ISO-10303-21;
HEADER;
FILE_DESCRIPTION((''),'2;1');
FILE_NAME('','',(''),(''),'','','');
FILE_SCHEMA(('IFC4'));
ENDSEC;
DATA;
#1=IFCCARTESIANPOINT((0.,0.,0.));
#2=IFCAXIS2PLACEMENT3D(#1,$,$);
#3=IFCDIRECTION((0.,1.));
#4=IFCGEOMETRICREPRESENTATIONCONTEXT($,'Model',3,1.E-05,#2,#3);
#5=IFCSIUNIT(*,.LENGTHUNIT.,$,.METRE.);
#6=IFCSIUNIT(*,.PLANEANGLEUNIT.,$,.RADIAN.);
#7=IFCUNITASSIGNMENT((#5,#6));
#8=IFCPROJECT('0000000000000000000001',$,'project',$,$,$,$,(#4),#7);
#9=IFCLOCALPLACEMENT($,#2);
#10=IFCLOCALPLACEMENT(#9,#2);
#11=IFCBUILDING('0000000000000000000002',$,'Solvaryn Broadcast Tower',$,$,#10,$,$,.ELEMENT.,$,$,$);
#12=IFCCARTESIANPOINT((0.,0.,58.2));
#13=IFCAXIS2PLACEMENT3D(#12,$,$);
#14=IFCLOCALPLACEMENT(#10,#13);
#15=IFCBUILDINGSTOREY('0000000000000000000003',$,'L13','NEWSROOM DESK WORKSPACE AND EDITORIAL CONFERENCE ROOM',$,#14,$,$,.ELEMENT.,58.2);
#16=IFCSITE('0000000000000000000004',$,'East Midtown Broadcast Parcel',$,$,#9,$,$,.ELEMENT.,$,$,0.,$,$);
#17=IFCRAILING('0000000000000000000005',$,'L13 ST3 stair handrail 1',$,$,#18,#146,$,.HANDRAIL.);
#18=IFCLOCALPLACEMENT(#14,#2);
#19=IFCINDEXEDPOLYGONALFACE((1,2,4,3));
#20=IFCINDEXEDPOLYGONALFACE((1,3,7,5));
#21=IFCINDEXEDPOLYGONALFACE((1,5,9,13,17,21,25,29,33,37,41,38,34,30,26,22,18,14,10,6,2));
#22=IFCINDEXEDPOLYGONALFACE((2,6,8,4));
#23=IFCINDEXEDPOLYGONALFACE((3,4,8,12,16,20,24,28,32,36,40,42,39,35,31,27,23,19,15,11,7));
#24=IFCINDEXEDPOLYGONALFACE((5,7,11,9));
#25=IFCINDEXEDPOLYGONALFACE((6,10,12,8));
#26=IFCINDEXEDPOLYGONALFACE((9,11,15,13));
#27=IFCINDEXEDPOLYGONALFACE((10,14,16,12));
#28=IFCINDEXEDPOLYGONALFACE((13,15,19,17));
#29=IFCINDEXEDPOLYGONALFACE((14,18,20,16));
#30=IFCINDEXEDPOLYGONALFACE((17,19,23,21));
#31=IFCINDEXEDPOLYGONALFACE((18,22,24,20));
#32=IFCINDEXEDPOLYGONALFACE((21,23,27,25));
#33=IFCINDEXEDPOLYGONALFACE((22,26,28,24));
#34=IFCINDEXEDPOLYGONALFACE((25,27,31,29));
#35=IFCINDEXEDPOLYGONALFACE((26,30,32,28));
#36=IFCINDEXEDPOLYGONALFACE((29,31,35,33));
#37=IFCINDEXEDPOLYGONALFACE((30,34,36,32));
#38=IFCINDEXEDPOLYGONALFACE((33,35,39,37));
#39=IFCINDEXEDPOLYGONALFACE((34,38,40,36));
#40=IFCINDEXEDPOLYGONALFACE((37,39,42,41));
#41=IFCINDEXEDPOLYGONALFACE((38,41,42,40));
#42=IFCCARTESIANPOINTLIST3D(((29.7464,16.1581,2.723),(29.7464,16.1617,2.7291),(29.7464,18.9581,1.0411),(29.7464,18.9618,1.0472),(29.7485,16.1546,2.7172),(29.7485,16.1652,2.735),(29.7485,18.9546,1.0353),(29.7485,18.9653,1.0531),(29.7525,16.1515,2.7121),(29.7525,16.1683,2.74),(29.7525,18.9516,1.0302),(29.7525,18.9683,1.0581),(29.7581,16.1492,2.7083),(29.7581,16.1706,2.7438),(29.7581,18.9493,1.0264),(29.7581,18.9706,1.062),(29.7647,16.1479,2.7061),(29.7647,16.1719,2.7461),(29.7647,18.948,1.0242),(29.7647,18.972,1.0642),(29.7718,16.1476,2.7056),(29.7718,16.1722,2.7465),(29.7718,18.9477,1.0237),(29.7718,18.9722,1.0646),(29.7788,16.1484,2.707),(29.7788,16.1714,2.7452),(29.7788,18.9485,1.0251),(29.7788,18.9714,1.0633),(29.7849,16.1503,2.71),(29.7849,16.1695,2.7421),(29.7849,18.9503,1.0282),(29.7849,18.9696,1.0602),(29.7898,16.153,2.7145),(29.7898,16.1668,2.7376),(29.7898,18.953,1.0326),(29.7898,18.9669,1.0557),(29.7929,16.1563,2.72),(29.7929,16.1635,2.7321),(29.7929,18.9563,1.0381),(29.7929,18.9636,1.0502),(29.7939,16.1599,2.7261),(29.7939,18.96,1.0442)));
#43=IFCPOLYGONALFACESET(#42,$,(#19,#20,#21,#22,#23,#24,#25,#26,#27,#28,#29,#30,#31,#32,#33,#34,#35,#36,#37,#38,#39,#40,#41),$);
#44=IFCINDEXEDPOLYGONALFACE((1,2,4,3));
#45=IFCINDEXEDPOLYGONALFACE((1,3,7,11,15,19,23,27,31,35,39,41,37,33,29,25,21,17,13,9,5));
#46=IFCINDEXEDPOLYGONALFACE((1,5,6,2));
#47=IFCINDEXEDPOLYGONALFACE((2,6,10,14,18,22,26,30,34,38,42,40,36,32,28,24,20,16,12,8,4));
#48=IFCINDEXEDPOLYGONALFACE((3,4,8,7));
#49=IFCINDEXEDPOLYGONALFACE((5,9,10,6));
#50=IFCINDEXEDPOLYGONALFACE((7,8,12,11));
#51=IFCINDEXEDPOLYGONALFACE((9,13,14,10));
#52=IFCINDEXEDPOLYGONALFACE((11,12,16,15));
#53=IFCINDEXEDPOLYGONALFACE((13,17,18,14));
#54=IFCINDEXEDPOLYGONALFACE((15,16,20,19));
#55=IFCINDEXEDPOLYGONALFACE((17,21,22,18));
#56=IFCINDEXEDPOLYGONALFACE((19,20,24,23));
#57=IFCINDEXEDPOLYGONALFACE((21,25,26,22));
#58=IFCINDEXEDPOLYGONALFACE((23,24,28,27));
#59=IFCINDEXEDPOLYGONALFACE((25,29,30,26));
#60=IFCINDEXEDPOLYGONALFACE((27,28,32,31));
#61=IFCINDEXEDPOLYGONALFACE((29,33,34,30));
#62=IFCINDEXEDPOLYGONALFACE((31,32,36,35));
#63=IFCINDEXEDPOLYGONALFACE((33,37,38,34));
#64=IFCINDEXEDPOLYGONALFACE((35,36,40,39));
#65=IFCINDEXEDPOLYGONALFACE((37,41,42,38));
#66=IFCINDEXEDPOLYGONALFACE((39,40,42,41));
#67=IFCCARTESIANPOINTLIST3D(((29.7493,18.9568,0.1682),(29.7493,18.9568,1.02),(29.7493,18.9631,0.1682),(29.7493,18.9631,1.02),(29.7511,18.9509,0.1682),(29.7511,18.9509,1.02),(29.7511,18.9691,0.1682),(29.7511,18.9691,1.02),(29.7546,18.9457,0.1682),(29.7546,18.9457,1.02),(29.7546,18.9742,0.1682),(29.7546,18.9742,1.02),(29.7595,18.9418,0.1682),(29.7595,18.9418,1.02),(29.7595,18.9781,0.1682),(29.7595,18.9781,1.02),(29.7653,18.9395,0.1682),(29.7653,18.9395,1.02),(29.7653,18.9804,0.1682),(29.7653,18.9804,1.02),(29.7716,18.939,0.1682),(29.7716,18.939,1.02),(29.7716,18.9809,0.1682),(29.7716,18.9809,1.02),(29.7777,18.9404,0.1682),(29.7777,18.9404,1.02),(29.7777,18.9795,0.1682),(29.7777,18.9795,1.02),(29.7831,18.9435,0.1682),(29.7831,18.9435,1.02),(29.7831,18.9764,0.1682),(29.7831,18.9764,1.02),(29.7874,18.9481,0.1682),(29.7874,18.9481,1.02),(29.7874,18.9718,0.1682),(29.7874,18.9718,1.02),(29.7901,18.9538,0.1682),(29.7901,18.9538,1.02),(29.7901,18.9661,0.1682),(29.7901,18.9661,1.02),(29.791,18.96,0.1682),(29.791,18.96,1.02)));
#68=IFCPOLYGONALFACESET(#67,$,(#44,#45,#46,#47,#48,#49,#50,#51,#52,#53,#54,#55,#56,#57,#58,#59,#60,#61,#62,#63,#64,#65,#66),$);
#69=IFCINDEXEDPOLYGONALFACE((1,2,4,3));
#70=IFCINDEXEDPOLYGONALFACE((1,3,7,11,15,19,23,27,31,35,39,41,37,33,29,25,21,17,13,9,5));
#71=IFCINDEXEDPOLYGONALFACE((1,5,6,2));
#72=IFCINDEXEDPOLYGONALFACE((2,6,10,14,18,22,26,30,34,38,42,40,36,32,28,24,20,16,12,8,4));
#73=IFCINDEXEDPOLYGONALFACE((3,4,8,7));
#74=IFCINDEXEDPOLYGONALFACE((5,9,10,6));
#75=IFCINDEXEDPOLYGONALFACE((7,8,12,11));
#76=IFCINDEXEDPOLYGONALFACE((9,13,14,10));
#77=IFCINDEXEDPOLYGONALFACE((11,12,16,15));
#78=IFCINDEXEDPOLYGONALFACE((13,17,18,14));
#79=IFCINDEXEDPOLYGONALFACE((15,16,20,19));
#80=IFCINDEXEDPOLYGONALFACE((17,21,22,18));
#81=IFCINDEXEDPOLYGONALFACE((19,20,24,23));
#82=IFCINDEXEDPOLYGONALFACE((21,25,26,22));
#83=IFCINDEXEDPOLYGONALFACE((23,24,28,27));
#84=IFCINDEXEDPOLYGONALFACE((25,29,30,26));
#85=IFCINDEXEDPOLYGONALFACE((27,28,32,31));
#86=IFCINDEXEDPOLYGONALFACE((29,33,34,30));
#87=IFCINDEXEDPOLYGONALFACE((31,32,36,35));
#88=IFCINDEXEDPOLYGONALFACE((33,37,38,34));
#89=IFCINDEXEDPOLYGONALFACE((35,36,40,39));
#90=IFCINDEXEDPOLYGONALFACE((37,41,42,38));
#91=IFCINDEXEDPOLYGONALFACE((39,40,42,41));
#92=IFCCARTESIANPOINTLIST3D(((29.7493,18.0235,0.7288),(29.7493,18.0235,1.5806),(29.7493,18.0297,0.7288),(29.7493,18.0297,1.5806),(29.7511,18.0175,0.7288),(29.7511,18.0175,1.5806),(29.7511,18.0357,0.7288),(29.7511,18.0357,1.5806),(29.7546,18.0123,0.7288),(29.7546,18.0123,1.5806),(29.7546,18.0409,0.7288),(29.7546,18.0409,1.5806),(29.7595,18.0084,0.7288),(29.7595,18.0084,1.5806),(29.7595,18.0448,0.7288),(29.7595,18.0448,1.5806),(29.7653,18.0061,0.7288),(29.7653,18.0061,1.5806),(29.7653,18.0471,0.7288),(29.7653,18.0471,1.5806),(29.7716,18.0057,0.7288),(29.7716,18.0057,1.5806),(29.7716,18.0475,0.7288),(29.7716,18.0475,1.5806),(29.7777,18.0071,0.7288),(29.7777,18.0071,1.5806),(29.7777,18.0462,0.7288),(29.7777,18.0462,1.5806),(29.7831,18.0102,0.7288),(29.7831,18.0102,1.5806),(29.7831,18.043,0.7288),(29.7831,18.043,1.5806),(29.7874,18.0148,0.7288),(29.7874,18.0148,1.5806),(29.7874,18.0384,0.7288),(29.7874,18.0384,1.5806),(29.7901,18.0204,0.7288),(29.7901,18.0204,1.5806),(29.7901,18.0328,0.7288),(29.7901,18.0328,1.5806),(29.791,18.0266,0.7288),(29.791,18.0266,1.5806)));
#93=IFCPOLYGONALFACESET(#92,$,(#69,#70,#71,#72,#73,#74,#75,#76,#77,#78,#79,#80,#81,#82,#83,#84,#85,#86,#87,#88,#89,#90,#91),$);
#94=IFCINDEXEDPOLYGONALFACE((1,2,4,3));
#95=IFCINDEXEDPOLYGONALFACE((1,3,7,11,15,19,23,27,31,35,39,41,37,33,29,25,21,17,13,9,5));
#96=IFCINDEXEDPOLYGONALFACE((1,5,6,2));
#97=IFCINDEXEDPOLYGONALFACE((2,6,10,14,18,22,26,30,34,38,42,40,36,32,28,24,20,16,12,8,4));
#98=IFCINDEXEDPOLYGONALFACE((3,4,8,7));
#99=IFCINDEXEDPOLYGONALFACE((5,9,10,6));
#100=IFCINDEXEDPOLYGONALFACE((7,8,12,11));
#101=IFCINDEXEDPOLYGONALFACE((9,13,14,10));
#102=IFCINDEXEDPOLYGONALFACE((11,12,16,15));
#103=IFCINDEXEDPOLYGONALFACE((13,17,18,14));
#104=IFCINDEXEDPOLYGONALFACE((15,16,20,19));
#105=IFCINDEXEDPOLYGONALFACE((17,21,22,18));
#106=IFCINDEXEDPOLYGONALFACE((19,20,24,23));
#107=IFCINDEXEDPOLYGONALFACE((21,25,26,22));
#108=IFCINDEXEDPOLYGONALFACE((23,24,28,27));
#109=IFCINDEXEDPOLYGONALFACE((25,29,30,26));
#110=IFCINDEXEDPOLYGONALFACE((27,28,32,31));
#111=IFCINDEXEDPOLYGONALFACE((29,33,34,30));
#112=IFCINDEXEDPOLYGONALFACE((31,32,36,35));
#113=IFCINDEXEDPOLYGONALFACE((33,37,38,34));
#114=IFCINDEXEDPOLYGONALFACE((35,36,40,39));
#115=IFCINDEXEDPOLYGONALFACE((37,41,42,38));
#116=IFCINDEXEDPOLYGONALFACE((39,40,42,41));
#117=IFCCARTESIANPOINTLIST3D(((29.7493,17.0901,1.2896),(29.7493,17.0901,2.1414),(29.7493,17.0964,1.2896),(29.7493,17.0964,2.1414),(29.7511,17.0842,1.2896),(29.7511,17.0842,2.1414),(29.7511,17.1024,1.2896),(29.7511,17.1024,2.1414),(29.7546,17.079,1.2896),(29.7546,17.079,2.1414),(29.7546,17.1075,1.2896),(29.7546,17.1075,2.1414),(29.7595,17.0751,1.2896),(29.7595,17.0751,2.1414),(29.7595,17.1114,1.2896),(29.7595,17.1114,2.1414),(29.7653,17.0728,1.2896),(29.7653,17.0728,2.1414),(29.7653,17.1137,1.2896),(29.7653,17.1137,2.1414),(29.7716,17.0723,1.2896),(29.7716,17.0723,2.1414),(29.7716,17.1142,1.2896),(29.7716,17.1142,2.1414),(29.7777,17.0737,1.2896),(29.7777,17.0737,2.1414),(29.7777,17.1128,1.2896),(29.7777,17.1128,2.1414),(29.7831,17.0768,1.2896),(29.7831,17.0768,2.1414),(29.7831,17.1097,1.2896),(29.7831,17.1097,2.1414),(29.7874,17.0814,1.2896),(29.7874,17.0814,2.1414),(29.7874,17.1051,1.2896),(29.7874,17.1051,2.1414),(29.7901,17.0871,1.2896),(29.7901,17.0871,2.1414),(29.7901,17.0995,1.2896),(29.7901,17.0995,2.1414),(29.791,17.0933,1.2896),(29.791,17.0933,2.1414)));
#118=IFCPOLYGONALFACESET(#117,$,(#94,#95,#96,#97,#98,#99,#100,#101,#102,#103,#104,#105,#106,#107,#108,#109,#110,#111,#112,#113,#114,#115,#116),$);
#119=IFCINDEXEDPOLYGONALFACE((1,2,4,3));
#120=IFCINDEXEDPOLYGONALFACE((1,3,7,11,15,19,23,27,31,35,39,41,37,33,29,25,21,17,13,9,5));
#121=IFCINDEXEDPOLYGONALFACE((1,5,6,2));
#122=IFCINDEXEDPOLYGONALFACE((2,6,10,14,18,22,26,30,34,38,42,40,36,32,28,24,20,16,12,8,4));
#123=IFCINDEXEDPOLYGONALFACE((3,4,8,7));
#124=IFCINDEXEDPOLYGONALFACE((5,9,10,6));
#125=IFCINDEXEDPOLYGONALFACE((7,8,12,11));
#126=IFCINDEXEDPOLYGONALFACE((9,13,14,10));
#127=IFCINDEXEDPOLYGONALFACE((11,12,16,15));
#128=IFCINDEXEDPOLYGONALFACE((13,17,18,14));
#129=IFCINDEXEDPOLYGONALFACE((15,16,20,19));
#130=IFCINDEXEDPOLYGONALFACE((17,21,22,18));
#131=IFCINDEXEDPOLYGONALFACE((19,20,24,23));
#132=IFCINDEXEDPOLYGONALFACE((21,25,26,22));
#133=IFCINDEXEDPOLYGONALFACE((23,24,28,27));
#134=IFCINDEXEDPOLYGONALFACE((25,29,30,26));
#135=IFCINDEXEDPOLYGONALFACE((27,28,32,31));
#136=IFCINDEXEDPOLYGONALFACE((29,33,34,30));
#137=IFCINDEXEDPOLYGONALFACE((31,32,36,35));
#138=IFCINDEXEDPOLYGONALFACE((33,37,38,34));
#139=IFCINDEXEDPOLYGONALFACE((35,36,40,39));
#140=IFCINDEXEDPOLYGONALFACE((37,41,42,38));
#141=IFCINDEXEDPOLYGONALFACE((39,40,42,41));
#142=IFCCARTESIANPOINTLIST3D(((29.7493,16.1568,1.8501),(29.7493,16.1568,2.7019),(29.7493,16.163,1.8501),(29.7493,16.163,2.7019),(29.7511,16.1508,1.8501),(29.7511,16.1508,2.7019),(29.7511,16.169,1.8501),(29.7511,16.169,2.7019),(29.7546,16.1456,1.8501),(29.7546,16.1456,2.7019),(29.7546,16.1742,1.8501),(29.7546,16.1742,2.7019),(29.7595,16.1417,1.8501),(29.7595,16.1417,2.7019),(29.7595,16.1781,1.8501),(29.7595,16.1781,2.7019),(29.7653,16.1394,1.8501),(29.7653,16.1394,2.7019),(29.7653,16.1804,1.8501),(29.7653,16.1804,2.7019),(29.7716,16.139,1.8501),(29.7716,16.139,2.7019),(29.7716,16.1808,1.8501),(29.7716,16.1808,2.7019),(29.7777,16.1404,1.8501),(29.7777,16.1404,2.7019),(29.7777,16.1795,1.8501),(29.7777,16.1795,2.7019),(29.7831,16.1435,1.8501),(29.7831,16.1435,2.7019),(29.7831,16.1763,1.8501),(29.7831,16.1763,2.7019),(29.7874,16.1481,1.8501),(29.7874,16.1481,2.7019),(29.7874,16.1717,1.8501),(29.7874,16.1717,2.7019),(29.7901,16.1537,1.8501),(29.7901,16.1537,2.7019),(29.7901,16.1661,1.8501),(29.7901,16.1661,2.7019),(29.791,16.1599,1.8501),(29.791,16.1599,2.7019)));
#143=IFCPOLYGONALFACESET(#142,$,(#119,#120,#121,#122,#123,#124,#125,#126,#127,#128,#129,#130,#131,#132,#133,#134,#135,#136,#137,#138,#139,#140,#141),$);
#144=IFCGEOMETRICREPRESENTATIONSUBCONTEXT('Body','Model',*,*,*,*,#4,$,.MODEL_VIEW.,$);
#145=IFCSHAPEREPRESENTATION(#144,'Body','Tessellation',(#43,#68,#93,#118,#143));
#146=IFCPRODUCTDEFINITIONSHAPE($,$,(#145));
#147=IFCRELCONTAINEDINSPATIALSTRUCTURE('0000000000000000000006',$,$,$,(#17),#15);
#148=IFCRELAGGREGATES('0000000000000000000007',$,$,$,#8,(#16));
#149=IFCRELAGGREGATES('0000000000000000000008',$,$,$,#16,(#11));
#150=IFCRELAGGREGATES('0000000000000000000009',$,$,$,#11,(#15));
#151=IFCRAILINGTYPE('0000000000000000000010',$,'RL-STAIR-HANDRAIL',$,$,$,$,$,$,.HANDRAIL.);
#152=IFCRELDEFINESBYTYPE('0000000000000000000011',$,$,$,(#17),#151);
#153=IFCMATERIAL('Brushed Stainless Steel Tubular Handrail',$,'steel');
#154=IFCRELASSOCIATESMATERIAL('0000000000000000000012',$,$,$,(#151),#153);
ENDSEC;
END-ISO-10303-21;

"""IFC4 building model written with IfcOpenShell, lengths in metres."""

from ifc_helpers import new_model, si_unit, direction, frame, origin, origin_2d, place, context, subcontext, project, spatial, circle, extrude, material, type_object, element, save


model = new_model("IFC4")

# Units and contexts
model_context = context("Model", 3, precision=1e-05, world=origin(), true_north=direction((0.0, 1.0)))
body_context = subcontext(model_context, "Body", "Model", "MODEL_VIEW")
ifc_project = project(units=[si_unit("LENGTHUNIT", "METRE"), si_unit("PLANEANGLEUNIT", "RADIAN")], contexts=[model_context])

# Site, building, storey
site_placement = place(None, origin())
site = spatial("IfcSite", under=ifc_project, at=site_placement, Name="East Midtown Broadcast Parcel", CompositionType="ELEMENT", RefElevation=0.0)
building_placement = place(site_placement, origin())
building = spatial("IfcBuilding", under=site, at=building_placement, Name="Solvaryn Broadcast Tower", CompositionType="ELEMENT")
storey_placement = place(building_placement, frame((0.0, 0.0, 58.2)))
storey = spatial("IfcBuildingStorey", under=building, at=storey_placement, Name="L13", Description="NEWSROOM DESK WORKSPACE AND EDITORIAL CONFERENCE ROOM", CompositionType="ELEMENT", Elevation=58.2)

# Railing
ifc_material_1 = material(Name="Brushed Stainless Steel Tubular Handrail", Category="steel")
railing_type_1 = type_object("IfcRailingType", Name="RL-STAIR-HANDRAIL", PredefinedType="HANDRAIL", material=ifc_material_1)
railing_1_placement = place(storey_placement, frame((29.77, 18.96, 0.1682)))
element("IfcRailing", 1, at=railing_1_placement, inside=storey, type_object=railing_type_1, Name="L13 ST3 stair handrail 1", PredefinedType="HANDRAIL", context=body_context, shape_type="SweptSolid", body=[
    extrude(circle(Radius=0.0239, at=origin_2d()), frame((0.0, 0.0, 0.876), z_axis=(0.0, -0.857242, 0.514913), x_axis=(1.0, 0.0, 0.0)), (0.0, 0.0, 1.0), 3.2664),
    extrude(circle(Radius=0.021, at=origin_2d()), origin(), (0.0, 0.0, 1.0), 0.8518),
    extrude(circle(Radius=0.021, at=origin_2d()), frame((0.0, -0.9333, 0.5605)), (0.0, 0.0, 1.0), 0.8518),
    extrude(circle(Radius=0.021, at=origin_2d()), frame((0.0, -1.8667, 1.1213)), (0.0, 0.0, 1.0), 0.8518),
    extrude(circle(Radius=0.021, at=origin_2d()), frame((0.0, -2.8, 1.6819)), (0.0, 0.0, 1.0), 0.8518),
])

save(model, "model.ifc")
